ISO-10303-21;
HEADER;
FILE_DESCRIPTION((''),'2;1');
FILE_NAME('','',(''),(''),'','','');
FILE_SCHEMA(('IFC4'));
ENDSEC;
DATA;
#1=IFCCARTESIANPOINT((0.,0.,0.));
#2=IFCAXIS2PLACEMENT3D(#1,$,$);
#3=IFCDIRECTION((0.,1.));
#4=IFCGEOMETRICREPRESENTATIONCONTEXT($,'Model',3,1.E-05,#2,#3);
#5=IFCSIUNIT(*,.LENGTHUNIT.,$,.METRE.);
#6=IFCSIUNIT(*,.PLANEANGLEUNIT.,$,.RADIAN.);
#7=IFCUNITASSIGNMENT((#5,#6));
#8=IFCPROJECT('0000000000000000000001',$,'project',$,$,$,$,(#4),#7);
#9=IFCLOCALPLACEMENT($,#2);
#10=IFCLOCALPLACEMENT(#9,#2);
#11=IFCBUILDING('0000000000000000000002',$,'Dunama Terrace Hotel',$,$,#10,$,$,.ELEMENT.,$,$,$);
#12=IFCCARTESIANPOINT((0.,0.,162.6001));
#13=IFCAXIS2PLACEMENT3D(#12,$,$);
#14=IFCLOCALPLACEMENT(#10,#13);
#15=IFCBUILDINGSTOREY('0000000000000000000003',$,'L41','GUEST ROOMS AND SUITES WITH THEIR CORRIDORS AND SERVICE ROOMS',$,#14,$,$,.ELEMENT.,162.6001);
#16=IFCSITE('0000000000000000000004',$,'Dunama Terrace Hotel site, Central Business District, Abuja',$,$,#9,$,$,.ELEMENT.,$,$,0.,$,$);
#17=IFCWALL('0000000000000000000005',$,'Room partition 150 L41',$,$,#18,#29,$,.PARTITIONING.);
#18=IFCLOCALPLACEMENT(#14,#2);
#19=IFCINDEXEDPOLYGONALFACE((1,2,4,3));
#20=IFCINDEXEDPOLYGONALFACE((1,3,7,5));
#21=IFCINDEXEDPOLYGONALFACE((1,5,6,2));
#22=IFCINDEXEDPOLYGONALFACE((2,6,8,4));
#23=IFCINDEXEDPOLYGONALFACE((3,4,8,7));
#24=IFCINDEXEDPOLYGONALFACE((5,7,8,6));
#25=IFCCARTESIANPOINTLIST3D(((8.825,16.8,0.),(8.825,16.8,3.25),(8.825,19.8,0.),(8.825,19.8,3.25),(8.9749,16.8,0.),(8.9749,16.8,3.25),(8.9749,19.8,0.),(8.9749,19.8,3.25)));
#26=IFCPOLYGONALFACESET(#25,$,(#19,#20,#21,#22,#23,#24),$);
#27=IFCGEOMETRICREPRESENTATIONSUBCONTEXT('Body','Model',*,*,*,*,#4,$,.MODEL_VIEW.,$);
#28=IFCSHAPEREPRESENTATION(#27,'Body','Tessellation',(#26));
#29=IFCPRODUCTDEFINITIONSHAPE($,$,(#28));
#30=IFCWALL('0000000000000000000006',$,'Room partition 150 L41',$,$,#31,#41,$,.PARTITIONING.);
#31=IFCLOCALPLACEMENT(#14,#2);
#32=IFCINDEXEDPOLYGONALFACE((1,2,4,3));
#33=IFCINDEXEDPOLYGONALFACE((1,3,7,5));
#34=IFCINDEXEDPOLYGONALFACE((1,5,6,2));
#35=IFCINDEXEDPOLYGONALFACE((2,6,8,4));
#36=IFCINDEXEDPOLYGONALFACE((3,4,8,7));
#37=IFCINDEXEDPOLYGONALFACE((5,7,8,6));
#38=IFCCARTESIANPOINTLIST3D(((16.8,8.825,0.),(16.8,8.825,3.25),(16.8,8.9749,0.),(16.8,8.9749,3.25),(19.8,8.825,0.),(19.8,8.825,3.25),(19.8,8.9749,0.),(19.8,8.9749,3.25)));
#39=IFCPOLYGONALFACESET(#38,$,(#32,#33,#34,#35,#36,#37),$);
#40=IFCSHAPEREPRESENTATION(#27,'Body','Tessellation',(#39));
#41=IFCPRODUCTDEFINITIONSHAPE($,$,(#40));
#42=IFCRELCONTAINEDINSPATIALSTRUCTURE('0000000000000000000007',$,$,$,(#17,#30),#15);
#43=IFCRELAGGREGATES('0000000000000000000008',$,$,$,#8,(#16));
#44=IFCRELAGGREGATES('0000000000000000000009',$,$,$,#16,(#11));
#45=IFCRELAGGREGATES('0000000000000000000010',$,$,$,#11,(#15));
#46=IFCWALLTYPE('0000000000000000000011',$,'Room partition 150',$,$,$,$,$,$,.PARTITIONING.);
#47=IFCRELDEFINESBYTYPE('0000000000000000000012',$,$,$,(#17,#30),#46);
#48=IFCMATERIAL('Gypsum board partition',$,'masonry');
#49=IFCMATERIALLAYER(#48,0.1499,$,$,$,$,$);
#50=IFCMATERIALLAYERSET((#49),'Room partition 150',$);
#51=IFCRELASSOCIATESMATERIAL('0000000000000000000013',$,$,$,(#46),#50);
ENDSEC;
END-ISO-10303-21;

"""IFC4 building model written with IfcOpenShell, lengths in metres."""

from ifc_helpers import new_model, si_unit, direction, frame, frame_2d, origin, place, context, subcontext, project, spatial, rectangle, extrude, material, layer, layer_set, type_object, element, save


model = new_model("IFC4")

# Units and contexts
model_context = context("Model", 3, precision=1e-05, world=origin(), true_north=direction((0.0, 1.0)))
body_context = subcontext(model_context, "Body", "Model", "MODEL_VIEW")
ifc_project = project(units=[si_unit("LENGTHUNIT", "METRE"), si_unit("PLANEANGLEUNIT", "RADIAN")], contexts=[model_context])

# Site, building, storey
site_placement = place(None, origin())
site = spatial("IfcSite", under=ifc_project, at=site_placement, Name="Dunama Terrace Hotel site, Central Business District, Abuja", CompositionType="ELEMENT", RefElevation=0.0)
building_placement = place(site_placement, origin())
building = spatial("IfcBuilding", under=site, at=building_placement, Name="Dunama Terrace Hotel", CompositionType="ELEMENT")
storey_placement = place(building_placement, frame((0.0, 0.0, 162.6001)))
storey = spatial("IfcBuildingStorey", under=building, at=storey_placement, Name="L41", Description="GUEST ROOMS AND SUITES WITH THEIR CORRIDORS AND SERVICE ROOMS", CompositionType="ELEMENT", Elevation=162.6001)

# Walls
ifc_material_1 = material(Name="Gypsum board partition", Category="masonry")
ifc_layer_1 = layer(ifc_material_1, 0.1499)
ifc_layer_set_1 = layer_set([ifc_layer_1], Name="Room partition 150")
wall_type_1 = type_object("IfcWallType", Name="Room partition 150", PredefinedType="PARTITIONING", material=ifc_layer_set_1)
for number, where, z_axis, x_axis, name in (
    (1, (8.8999, 16.8, 0.0), (0.0, 0.0, 1.0), (0.0, 1.0, 0.0), "Room partition 150 L41"),
    (2, (16.8, 8.8999, 0.0), (0.0, 0.0, 1.0), (1.0, 0.0, 0.0), "Room partition 150 L41"),
):
    element("IfcWall", number, at=place(storey_placement, frame(where, z_axis=z_axis, x_axis=x_axis)), inside=storey, type_object=wall_type_1, Name=name, PredefinedType="PARTITIONING", context=body_context, shape_type="SweptSolid", body=[
        extrude(rectangle(XDim=3.0, YDim=0.1499, at=frame_2d((1.5, 0.0))), origin(), (0.0, 0.0, 1.0), 3.25),
    ])

save(model, "model.ifc")
